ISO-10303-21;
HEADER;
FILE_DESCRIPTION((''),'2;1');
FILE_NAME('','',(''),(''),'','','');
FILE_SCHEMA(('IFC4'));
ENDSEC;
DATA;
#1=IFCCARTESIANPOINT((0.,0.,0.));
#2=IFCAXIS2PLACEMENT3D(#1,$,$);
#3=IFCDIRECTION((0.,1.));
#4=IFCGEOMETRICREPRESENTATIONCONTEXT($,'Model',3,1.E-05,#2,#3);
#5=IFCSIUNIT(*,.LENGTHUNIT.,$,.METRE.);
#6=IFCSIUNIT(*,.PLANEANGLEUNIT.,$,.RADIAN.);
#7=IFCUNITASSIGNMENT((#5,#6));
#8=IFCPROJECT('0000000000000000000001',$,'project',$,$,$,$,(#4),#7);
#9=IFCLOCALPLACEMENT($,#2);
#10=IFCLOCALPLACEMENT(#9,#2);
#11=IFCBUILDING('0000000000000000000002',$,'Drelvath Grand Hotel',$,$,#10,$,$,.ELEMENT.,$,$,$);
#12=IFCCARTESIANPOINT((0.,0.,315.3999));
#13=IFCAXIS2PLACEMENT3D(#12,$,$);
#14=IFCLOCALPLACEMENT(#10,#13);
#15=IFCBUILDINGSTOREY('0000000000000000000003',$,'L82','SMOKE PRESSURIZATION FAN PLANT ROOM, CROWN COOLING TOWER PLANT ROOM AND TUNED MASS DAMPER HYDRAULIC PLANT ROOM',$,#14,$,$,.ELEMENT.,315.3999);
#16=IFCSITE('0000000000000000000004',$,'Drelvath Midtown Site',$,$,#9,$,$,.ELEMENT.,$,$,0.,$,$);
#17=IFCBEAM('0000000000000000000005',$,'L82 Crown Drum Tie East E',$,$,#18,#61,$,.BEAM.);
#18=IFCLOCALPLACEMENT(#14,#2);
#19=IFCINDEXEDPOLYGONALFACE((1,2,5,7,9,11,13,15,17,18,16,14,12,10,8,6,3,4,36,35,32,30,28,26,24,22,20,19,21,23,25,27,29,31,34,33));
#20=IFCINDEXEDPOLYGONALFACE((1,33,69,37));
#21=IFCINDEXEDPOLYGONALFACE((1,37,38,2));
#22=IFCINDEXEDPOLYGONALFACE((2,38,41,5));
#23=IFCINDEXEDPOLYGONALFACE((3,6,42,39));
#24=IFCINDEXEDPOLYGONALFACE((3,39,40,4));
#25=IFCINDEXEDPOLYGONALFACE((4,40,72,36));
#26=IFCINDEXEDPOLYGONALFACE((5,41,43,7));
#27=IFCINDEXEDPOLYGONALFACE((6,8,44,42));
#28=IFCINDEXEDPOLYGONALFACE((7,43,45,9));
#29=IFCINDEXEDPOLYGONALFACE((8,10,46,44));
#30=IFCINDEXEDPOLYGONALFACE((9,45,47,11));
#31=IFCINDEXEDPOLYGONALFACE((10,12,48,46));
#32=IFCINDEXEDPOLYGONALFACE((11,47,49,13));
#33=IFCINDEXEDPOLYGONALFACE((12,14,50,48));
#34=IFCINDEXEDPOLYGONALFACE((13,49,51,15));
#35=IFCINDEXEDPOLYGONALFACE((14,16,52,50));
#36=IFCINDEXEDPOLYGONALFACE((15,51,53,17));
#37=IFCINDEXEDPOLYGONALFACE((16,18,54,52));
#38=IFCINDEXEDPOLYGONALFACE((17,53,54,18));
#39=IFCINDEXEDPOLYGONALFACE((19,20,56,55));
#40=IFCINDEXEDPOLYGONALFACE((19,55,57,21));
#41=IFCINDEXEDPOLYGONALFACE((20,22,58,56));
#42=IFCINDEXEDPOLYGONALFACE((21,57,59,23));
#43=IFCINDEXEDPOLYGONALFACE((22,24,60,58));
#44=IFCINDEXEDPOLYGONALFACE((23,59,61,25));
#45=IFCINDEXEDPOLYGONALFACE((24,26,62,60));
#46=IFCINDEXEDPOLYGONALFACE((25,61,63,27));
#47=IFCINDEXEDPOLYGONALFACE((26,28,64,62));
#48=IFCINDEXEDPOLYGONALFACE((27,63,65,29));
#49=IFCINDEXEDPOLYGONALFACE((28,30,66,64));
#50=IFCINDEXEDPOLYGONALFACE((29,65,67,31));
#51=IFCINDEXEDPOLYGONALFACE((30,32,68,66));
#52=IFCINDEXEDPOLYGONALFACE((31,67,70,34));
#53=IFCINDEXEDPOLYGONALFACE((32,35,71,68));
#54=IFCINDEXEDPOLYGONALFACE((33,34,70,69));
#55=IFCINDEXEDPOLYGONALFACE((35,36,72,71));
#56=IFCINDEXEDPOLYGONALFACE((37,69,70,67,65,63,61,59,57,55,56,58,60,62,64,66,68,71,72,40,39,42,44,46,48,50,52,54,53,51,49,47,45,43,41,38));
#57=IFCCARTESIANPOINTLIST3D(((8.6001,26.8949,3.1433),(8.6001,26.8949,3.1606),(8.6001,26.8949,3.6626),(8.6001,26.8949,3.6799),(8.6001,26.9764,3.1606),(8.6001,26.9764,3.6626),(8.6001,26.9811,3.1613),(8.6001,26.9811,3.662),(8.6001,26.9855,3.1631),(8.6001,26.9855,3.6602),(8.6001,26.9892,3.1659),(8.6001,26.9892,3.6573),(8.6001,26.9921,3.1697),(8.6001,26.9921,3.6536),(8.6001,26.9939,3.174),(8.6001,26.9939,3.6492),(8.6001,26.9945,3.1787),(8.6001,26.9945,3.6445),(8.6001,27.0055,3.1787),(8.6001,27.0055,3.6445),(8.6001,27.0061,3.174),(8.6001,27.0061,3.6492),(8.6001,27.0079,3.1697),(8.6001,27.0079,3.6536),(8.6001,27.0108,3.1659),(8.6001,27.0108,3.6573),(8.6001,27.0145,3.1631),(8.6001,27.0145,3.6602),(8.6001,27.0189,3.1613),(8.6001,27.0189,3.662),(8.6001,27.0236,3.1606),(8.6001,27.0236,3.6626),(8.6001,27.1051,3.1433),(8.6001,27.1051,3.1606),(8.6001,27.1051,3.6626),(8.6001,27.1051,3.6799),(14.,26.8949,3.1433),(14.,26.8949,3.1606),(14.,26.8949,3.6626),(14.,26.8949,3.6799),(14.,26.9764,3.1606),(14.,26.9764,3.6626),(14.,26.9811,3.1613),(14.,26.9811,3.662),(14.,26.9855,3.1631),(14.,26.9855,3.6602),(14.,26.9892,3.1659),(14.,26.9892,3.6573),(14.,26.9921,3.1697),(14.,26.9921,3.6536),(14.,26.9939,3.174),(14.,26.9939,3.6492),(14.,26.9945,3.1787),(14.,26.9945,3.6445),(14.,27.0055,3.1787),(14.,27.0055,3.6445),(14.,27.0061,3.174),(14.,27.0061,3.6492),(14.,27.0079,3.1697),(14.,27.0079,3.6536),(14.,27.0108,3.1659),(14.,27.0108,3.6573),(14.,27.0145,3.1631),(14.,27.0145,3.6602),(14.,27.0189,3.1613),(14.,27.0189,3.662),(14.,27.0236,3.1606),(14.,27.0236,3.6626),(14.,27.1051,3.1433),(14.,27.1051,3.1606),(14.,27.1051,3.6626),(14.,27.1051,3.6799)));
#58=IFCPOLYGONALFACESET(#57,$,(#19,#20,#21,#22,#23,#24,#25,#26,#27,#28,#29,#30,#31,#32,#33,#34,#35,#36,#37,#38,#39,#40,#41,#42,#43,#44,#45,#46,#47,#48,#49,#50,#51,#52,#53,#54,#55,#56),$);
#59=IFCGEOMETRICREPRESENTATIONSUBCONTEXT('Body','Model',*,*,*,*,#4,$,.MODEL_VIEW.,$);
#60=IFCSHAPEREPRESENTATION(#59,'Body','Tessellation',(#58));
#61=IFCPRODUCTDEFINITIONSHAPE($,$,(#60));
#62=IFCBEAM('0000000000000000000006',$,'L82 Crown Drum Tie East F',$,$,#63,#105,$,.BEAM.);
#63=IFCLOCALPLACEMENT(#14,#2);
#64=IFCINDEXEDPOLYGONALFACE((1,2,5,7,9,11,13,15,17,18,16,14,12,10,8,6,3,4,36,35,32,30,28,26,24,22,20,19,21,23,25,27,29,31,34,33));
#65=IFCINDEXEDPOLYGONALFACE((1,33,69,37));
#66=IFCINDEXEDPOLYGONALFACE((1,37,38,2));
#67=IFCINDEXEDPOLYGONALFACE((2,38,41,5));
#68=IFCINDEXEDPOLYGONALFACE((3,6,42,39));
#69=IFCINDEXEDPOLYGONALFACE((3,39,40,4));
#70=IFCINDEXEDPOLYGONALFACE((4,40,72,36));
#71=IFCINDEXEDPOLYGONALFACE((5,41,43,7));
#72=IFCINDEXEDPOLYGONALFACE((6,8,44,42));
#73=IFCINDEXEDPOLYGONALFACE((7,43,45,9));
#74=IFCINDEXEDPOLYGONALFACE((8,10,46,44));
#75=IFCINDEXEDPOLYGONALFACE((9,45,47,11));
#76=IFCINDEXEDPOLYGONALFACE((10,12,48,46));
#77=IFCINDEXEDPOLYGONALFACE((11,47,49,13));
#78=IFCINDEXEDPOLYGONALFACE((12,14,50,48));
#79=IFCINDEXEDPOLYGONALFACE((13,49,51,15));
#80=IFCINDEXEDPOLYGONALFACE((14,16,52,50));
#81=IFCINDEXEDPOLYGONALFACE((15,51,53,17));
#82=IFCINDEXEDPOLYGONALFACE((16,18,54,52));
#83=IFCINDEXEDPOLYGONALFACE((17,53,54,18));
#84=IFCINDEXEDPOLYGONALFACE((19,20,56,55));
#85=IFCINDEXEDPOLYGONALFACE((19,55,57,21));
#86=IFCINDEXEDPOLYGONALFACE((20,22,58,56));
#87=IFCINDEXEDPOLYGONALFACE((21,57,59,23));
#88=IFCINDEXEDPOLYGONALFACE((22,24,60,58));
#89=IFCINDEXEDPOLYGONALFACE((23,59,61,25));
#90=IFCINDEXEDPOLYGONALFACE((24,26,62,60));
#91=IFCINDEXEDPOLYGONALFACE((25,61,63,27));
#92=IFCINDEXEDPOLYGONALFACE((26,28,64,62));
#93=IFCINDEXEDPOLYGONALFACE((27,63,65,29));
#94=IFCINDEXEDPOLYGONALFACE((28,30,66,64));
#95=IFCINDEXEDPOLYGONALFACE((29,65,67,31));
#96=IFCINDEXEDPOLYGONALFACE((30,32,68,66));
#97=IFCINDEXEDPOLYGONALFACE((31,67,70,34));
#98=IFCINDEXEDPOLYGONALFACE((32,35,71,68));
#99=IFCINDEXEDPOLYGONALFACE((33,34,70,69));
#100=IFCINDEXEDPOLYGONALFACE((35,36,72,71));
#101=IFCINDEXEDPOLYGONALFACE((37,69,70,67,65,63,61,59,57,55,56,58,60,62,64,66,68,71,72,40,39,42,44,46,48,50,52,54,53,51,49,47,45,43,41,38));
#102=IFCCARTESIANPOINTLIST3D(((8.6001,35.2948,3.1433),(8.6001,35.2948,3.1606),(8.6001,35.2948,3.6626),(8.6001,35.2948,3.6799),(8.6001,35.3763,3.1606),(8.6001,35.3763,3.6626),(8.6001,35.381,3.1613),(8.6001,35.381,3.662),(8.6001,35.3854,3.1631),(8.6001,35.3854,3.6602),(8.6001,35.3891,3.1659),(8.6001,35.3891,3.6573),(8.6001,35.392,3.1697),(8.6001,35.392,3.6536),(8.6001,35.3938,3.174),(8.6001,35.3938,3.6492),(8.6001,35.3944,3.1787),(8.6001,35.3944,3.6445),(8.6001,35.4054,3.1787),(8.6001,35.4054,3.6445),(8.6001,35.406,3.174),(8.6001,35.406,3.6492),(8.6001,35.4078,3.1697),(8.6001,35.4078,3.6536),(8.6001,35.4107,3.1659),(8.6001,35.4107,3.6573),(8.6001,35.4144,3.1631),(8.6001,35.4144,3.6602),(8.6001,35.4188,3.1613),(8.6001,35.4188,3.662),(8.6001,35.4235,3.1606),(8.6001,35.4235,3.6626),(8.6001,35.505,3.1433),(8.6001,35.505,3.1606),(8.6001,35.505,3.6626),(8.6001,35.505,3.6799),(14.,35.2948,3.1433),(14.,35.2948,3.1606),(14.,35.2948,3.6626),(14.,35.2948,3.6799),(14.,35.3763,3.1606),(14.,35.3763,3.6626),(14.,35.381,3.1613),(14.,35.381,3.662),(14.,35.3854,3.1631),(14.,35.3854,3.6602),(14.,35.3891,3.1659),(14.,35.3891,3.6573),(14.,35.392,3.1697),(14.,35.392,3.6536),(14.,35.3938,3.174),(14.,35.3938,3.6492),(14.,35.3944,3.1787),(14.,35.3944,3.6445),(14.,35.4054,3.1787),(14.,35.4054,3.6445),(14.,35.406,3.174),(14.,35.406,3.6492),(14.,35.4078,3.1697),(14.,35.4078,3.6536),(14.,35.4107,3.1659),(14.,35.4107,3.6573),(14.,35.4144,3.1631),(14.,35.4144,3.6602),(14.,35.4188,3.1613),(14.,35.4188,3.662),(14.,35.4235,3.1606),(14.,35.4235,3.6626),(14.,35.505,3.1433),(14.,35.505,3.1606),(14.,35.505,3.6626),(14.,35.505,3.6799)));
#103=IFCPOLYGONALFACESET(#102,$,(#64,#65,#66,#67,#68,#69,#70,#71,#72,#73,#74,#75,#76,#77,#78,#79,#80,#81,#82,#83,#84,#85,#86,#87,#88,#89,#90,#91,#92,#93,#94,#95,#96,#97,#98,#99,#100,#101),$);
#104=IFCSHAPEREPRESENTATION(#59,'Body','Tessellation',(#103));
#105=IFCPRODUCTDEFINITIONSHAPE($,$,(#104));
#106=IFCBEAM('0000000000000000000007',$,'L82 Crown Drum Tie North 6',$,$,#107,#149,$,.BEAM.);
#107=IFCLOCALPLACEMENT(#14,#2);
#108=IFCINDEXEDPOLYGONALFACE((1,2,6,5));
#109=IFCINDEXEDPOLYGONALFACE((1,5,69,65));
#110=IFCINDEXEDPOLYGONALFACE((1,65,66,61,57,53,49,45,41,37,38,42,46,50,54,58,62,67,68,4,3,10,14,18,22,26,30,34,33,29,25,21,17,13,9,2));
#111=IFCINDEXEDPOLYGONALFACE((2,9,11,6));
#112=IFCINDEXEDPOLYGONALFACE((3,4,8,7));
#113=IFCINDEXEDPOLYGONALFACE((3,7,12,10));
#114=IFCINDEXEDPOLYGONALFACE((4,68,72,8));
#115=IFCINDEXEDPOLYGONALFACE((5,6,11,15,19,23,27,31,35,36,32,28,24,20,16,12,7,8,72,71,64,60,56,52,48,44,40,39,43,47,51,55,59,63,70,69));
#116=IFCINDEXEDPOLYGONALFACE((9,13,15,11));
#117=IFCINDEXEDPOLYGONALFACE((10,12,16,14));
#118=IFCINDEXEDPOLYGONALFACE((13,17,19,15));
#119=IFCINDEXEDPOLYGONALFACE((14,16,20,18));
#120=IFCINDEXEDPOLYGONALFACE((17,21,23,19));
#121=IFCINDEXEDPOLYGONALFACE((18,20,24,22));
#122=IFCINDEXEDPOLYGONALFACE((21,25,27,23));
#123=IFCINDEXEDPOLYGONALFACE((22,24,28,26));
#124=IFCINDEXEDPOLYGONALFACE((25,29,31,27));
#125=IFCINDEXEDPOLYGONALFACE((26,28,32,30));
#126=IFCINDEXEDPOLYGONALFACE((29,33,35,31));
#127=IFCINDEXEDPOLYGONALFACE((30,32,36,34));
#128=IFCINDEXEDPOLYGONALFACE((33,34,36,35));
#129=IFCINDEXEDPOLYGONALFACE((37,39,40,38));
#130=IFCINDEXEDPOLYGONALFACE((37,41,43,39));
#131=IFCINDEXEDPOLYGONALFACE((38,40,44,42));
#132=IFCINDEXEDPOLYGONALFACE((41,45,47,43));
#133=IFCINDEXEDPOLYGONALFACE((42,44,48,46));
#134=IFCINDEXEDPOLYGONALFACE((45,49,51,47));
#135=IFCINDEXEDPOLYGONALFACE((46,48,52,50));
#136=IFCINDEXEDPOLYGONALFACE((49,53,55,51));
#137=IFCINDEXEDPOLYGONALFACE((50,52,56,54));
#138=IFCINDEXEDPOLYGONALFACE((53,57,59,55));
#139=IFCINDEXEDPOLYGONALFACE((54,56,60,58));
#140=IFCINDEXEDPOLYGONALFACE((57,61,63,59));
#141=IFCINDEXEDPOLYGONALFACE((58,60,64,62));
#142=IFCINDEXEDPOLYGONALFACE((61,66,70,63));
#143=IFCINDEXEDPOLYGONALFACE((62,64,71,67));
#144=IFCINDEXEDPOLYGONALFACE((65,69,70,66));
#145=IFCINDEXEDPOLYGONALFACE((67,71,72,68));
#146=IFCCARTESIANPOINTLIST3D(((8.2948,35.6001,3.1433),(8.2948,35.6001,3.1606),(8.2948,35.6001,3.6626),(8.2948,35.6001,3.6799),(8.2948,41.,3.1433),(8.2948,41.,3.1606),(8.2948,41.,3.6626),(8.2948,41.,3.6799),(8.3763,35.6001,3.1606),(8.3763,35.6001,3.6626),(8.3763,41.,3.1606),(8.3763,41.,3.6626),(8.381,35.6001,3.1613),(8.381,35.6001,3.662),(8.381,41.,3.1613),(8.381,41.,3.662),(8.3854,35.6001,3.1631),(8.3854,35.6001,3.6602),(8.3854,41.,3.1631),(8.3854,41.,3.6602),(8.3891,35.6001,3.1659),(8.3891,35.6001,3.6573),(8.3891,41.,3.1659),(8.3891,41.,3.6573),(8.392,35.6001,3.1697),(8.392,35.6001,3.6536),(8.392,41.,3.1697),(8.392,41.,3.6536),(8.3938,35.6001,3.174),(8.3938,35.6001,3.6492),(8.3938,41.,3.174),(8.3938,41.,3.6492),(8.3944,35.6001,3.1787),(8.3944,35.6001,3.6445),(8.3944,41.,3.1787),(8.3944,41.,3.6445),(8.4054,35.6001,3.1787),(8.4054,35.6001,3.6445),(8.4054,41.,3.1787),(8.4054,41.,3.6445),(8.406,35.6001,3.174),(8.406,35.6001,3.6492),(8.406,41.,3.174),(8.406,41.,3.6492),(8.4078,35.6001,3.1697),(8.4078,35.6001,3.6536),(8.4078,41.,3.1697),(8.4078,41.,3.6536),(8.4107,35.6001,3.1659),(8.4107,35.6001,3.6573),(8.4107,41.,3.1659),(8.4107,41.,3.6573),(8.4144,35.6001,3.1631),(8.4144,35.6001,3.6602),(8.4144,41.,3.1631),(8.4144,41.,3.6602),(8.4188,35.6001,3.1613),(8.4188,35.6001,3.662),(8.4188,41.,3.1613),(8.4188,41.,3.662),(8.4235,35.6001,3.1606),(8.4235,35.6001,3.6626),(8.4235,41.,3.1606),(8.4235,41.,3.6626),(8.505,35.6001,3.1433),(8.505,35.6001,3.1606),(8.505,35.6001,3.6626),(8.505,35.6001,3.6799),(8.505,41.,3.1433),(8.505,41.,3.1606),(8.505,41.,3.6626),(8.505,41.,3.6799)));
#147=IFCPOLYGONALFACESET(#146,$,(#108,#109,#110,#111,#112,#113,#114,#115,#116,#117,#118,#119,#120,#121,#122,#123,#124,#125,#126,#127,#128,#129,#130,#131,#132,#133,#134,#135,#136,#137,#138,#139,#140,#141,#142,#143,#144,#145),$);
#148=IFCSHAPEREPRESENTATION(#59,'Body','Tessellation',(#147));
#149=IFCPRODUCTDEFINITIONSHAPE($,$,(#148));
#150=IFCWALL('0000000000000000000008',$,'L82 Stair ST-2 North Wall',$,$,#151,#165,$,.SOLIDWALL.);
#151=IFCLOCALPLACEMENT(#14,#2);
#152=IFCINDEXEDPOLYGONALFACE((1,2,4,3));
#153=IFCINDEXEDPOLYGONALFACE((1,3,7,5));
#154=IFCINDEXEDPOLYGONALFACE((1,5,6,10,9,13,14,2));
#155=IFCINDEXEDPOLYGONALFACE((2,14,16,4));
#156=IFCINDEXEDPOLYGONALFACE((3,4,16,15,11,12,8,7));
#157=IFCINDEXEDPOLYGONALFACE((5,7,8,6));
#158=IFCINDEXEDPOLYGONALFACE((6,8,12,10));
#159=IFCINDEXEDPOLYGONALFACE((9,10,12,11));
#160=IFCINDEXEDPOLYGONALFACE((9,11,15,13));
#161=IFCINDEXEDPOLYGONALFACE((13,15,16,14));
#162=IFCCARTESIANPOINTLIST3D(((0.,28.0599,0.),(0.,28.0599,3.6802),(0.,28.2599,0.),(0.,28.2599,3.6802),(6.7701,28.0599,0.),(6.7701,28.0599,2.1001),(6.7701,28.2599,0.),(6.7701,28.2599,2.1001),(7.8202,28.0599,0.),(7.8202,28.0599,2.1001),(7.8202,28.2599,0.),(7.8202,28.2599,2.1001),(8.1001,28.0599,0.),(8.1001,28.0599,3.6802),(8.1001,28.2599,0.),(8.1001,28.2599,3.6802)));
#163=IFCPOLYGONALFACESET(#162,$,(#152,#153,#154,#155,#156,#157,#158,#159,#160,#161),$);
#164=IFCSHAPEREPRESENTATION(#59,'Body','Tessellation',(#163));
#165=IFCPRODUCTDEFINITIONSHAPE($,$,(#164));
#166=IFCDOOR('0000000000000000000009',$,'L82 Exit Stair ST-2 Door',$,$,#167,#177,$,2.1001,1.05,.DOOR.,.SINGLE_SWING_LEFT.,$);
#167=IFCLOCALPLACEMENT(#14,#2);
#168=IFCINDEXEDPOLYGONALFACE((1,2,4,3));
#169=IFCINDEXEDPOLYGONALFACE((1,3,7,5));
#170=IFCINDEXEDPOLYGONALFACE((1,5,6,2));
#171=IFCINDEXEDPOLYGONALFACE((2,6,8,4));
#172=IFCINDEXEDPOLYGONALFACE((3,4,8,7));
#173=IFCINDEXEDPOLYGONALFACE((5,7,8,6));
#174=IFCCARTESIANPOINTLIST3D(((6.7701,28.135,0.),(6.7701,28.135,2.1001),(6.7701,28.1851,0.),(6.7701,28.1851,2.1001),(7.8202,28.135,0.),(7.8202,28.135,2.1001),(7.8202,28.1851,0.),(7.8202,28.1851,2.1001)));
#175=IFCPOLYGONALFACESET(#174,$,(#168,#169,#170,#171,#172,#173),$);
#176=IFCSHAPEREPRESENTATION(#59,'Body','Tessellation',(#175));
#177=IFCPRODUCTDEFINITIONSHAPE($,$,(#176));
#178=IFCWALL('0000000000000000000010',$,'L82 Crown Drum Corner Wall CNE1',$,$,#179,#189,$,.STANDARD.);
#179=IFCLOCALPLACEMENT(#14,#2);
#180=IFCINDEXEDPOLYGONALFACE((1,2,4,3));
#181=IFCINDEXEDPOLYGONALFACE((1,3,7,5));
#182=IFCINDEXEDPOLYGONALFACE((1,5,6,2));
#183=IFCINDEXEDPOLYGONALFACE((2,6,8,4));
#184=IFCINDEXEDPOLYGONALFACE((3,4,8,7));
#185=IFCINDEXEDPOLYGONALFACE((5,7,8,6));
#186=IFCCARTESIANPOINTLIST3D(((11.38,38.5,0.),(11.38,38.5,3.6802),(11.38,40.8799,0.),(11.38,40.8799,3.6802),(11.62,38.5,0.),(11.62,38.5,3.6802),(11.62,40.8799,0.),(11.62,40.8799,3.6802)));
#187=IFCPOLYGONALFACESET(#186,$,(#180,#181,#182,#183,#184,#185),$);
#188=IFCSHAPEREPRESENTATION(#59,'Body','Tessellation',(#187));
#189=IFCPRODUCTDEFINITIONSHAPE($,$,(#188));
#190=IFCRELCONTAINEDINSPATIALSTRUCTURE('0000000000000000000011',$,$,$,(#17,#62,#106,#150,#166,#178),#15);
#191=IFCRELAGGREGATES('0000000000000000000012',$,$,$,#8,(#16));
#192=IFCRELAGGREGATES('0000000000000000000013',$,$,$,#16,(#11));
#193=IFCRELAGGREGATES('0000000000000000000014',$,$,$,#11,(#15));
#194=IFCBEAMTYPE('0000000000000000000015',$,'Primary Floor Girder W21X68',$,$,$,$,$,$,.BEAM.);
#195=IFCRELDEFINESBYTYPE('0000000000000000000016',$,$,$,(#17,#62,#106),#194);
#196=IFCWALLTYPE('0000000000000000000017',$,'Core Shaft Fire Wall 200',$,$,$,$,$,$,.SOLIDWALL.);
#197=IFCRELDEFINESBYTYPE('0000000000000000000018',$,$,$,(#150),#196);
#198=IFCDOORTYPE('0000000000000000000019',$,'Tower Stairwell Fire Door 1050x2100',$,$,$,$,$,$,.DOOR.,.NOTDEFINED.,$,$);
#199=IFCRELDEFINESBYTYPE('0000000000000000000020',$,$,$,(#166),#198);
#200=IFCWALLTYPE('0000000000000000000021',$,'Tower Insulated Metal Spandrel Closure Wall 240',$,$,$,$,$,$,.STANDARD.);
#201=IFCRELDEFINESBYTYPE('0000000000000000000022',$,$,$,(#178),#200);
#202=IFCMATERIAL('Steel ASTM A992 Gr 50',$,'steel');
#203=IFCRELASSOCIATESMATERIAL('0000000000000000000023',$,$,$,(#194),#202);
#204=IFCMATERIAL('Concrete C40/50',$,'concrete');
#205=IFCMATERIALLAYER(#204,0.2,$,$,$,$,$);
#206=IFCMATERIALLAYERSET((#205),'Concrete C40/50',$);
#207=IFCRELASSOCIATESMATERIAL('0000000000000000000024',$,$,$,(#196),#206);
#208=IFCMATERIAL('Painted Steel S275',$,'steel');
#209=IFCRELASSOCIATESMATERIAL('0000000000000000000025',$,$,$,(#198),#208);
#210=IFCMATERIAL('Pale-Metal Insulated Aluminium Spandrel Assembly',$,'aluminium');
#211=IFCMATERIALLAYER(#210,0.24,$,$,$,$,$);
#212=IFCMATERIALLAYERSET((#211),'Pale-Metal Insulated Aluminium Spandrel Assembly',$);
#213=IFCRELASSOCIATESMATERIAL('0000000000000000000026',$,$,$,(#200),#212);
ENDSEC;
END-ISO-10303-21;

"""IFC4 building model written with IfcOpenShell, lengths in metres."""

from ifc_helpers import new_model, si_unit, direction, frame, frame_2d, origin, origin_2d, place, context, subcontext, project, spatial, rectangle, i_section, extrude, material, layer, layer_set, material_profile, profile_set, type_object, element, fill, save


model = new_model("IFC4")

# Units and contexts
model_context = context("Model", 3, precision=1e-05, world=origin(), true_north=direction((0.0, 1.0)))
body_context = subcontext(model_context, "Body", "Model", "MODEL_VIEW")
ifc_project = project(units=[si_unit("LENGTHUNIT", "METRE"), si_unit("PLANEANGLEUNIT", "RADIAN")], contexts=[model_context])

# Site, building, storey
site_placement = place(None, origin())
site = spatial("IfcSite", under=ifc_project, at=site_placement, Name="Drelvath Midtown Site", CompositionType="ELEMENT", RefElevation=0.0)
building_placement = place(site_placement, origin())
building = spatial("IfcBuilding", under=site, at=building_placement, Name="Drelvath Grand Hotel", CompositionType="ELEMENT")
storey_placement = place(building_placement, frame((0.0, 0.0, 315.3999)))
storey = spatial("IfcBuildingStorey", under=building, at=storey_placement, Name="L82", Description="SMOKE PRESSURIZATION FAN PLANT ROOM, CROWN COOLING TOWER PLANT ROOM AND TUNED MASS DAMPER HYDRAULIC PLANT ROOM", CompositionType="ELEMENT", Elevation=315.3999)

# Beams
ifc_material_1 = material(Name="Steel ASTM A992 Gr 50", Category="steel")
ifc_material_profile_1 = material_profile(ifc_material_1, i_section(OverallWidth=0.2102, OverallDepth=0.5366, WebThickness=0.011, FlangeThickness=0.0173, FilletRadius=0.0181, at=origin_2d()), Name="W21X68")
ifc_profile_set_1 = profile_set([ifc_material_profile_1], Name="Steel ASTM A992 Gr 50")
beam_type_1 = type_object("IfcBeamType", Name="Primary Floor Girder W21X68", PredefinedType="BEAM", material=ifc_profile_set_1)
for number, where, z_axis, x_axis, name in (
    (1, (8.6001, 27.0, 3.4116), (1.0, 0.0, 0.0), (0.0, 1.0, 0.0), "L82 Crown Drum Tie East E"),
    (2, (8.6001, 35.3999, 3.4116), (1.0, 0.0, 0.0), (0.0, 1.0, 0.0), "L82 Crown Drum Tie East F"),
    (3, (8.3999, 35.6001, 3.4116), (0.0, 1.0, 0.0), (-1.0, 0.0, 0.0), "L82 Crown Drum Tie North 6"),
):
    element("IfcBeam", number, at=place(storey_placement, frame(where, z_axis=z_axis, x_axis=x_axis)), inside=storey, type_object=beam_type_1, Name=name, PredefinedType="BEAM", context=body_context, shape_type="SweptSolid", body=[
        extrude(i_section(OverallWidth=0.2102, OverallDepth=0.5366, WebThickness=0.011, FlangeThickness=0.0173, FilletRadius=0.0181, at=origin_2d()), origin(), (0.0, 0.0, 1.0), 5.3999),
    ])

# Wall, opening, door
ifc_material_2 = material(Name="Concrete C40/50", Category="concrete")
ifc_layer_1 = layer(ifc_material_2, 0.2)
ifc_layer_set_1 = layer_set([ifc_layer_1], Name="Concrete C40/50")
wall_type_1 = type_object("IfcWallType", Name="Core Shaft Fire Wall 200", PredefinedType="SOLIDWALL", material=ifc_layer_set_1)
wall_1_placement = place(storey_placement, frame((8.1001, 28.1599, 0.0), z_axis=(0.0, 0.0, 1.0), x_axis=(-1.0, 0.0, 0.0)))
wall_1 = element("IfcWall", 4, at=wall_1_placement, inside=storey, type_object=wall_type_1, Name="L82 Stair ST-2 North Wall", PredefinedType="SOLIDWALL", context=body_context, shape_type="SweptSolid", body=[
    extrude(rectangle(XDim=8.1001, YDim=0.2, at=frame_2d((4.05, 0.0))), origin(), (0.0, 0.0, 1.0), 3.6802),
])
opening_1_placement = place(wall_1_placement, frame((0.28, 0.0, 0.0)))
opening_1 = element("IfcOpeningElement", 5, at=opening_1_placement, cuts=wall_1, PredefinedType="OPENING", context=body_context, shape_type="SweptSolid", body=[
    extrude(rectangle(XDim=1.05, YDim=2.1001, at=frame_2d((0.5249, 1.05))), frame((0.0, 0.1099, 0.0), z_axis=(0.0, -1.0, 0.0), x_axis=(1.0, 0.0, 0.0)), (0.0, 0.0, 1.0), 0.22),
])
ifc_material_3 = material(Name="Painted Steel S275", Category="steel")
door_type_1 = type_object("IfcDoorType", Name="Tower Stairwell Fire Door 1050x2100", OperationType="NOTDEFINED", PredefinedType="DOOR", material=ifc_material_3)
door_1_placement = place(opening_1_placement, origin())
door_1 = element("IfcDoor", 6, at=door_1_placement, inside=storey, type_object=door_type_1, Name="L82 Exit Stair ST-2 Door", OperationType="SINGLE_SWING_LEFT", OverallHeight=2.1001, OverallWidth=1.05, PredefinedType="DOOR", context=body_context, shape_type="SweptSolid", body=[
    extrude(rectangle(XDim=1.05, YDim=2.1001, at=frame_2d((0.5249, 1.05))), frame((0.0, 0.0249, 0.0), z_axis=(0.0, -1.0, 0.0), x_axis=(1.0, 0.0, 0.0)), (0.0, 0.0, 1.0), 0.05),
])
fill(opening_1, door_1)

# Wall
ifc_material_4 = material(Name="Pale-Metal Insulated Aluminium Spandrel Assembly", Category="aluminium")
ifc_layer_2 = layer(ifc_material_4, 0.24)
ifc_layer_set_2 = layer_set([ifc_layer_2], Name="Pale-Metal Insulated Aluminium Spandrel Assembly")
wall_type_2 = type_object("IfcWallType", Name="Tower Insulated Metal Spandrel Closure Wall 240", PredefinedType="STANDARD", material=ifc_layer_set_2)
for number, where, z_axis, x_axis, name in (
    (7, (11.5, 40.8799, 0.0), (0.0, 0.0, 1.0), (0.0, -1.0, 0.0), "L82 Crown Drum Corner Wall CNE1"),
):
    element("IfcWall", number, at=place(storey_placement, frame(where, z_axis=z_axis, x_axis=x_axis)), inside=storey, type_object=wall_type_2, Name=name, PredefinedType="STANDARD", context=body_context, shape_type="SweptSolid", body=[
        extrude(rectangle(XDim=2.3799, YDim=0.24, at=frame_2d((1.1899, 0.0))), origin(), (0.0, 0.0, 1.0), 3.6802),
    ])

save(model, "model.ifc")
